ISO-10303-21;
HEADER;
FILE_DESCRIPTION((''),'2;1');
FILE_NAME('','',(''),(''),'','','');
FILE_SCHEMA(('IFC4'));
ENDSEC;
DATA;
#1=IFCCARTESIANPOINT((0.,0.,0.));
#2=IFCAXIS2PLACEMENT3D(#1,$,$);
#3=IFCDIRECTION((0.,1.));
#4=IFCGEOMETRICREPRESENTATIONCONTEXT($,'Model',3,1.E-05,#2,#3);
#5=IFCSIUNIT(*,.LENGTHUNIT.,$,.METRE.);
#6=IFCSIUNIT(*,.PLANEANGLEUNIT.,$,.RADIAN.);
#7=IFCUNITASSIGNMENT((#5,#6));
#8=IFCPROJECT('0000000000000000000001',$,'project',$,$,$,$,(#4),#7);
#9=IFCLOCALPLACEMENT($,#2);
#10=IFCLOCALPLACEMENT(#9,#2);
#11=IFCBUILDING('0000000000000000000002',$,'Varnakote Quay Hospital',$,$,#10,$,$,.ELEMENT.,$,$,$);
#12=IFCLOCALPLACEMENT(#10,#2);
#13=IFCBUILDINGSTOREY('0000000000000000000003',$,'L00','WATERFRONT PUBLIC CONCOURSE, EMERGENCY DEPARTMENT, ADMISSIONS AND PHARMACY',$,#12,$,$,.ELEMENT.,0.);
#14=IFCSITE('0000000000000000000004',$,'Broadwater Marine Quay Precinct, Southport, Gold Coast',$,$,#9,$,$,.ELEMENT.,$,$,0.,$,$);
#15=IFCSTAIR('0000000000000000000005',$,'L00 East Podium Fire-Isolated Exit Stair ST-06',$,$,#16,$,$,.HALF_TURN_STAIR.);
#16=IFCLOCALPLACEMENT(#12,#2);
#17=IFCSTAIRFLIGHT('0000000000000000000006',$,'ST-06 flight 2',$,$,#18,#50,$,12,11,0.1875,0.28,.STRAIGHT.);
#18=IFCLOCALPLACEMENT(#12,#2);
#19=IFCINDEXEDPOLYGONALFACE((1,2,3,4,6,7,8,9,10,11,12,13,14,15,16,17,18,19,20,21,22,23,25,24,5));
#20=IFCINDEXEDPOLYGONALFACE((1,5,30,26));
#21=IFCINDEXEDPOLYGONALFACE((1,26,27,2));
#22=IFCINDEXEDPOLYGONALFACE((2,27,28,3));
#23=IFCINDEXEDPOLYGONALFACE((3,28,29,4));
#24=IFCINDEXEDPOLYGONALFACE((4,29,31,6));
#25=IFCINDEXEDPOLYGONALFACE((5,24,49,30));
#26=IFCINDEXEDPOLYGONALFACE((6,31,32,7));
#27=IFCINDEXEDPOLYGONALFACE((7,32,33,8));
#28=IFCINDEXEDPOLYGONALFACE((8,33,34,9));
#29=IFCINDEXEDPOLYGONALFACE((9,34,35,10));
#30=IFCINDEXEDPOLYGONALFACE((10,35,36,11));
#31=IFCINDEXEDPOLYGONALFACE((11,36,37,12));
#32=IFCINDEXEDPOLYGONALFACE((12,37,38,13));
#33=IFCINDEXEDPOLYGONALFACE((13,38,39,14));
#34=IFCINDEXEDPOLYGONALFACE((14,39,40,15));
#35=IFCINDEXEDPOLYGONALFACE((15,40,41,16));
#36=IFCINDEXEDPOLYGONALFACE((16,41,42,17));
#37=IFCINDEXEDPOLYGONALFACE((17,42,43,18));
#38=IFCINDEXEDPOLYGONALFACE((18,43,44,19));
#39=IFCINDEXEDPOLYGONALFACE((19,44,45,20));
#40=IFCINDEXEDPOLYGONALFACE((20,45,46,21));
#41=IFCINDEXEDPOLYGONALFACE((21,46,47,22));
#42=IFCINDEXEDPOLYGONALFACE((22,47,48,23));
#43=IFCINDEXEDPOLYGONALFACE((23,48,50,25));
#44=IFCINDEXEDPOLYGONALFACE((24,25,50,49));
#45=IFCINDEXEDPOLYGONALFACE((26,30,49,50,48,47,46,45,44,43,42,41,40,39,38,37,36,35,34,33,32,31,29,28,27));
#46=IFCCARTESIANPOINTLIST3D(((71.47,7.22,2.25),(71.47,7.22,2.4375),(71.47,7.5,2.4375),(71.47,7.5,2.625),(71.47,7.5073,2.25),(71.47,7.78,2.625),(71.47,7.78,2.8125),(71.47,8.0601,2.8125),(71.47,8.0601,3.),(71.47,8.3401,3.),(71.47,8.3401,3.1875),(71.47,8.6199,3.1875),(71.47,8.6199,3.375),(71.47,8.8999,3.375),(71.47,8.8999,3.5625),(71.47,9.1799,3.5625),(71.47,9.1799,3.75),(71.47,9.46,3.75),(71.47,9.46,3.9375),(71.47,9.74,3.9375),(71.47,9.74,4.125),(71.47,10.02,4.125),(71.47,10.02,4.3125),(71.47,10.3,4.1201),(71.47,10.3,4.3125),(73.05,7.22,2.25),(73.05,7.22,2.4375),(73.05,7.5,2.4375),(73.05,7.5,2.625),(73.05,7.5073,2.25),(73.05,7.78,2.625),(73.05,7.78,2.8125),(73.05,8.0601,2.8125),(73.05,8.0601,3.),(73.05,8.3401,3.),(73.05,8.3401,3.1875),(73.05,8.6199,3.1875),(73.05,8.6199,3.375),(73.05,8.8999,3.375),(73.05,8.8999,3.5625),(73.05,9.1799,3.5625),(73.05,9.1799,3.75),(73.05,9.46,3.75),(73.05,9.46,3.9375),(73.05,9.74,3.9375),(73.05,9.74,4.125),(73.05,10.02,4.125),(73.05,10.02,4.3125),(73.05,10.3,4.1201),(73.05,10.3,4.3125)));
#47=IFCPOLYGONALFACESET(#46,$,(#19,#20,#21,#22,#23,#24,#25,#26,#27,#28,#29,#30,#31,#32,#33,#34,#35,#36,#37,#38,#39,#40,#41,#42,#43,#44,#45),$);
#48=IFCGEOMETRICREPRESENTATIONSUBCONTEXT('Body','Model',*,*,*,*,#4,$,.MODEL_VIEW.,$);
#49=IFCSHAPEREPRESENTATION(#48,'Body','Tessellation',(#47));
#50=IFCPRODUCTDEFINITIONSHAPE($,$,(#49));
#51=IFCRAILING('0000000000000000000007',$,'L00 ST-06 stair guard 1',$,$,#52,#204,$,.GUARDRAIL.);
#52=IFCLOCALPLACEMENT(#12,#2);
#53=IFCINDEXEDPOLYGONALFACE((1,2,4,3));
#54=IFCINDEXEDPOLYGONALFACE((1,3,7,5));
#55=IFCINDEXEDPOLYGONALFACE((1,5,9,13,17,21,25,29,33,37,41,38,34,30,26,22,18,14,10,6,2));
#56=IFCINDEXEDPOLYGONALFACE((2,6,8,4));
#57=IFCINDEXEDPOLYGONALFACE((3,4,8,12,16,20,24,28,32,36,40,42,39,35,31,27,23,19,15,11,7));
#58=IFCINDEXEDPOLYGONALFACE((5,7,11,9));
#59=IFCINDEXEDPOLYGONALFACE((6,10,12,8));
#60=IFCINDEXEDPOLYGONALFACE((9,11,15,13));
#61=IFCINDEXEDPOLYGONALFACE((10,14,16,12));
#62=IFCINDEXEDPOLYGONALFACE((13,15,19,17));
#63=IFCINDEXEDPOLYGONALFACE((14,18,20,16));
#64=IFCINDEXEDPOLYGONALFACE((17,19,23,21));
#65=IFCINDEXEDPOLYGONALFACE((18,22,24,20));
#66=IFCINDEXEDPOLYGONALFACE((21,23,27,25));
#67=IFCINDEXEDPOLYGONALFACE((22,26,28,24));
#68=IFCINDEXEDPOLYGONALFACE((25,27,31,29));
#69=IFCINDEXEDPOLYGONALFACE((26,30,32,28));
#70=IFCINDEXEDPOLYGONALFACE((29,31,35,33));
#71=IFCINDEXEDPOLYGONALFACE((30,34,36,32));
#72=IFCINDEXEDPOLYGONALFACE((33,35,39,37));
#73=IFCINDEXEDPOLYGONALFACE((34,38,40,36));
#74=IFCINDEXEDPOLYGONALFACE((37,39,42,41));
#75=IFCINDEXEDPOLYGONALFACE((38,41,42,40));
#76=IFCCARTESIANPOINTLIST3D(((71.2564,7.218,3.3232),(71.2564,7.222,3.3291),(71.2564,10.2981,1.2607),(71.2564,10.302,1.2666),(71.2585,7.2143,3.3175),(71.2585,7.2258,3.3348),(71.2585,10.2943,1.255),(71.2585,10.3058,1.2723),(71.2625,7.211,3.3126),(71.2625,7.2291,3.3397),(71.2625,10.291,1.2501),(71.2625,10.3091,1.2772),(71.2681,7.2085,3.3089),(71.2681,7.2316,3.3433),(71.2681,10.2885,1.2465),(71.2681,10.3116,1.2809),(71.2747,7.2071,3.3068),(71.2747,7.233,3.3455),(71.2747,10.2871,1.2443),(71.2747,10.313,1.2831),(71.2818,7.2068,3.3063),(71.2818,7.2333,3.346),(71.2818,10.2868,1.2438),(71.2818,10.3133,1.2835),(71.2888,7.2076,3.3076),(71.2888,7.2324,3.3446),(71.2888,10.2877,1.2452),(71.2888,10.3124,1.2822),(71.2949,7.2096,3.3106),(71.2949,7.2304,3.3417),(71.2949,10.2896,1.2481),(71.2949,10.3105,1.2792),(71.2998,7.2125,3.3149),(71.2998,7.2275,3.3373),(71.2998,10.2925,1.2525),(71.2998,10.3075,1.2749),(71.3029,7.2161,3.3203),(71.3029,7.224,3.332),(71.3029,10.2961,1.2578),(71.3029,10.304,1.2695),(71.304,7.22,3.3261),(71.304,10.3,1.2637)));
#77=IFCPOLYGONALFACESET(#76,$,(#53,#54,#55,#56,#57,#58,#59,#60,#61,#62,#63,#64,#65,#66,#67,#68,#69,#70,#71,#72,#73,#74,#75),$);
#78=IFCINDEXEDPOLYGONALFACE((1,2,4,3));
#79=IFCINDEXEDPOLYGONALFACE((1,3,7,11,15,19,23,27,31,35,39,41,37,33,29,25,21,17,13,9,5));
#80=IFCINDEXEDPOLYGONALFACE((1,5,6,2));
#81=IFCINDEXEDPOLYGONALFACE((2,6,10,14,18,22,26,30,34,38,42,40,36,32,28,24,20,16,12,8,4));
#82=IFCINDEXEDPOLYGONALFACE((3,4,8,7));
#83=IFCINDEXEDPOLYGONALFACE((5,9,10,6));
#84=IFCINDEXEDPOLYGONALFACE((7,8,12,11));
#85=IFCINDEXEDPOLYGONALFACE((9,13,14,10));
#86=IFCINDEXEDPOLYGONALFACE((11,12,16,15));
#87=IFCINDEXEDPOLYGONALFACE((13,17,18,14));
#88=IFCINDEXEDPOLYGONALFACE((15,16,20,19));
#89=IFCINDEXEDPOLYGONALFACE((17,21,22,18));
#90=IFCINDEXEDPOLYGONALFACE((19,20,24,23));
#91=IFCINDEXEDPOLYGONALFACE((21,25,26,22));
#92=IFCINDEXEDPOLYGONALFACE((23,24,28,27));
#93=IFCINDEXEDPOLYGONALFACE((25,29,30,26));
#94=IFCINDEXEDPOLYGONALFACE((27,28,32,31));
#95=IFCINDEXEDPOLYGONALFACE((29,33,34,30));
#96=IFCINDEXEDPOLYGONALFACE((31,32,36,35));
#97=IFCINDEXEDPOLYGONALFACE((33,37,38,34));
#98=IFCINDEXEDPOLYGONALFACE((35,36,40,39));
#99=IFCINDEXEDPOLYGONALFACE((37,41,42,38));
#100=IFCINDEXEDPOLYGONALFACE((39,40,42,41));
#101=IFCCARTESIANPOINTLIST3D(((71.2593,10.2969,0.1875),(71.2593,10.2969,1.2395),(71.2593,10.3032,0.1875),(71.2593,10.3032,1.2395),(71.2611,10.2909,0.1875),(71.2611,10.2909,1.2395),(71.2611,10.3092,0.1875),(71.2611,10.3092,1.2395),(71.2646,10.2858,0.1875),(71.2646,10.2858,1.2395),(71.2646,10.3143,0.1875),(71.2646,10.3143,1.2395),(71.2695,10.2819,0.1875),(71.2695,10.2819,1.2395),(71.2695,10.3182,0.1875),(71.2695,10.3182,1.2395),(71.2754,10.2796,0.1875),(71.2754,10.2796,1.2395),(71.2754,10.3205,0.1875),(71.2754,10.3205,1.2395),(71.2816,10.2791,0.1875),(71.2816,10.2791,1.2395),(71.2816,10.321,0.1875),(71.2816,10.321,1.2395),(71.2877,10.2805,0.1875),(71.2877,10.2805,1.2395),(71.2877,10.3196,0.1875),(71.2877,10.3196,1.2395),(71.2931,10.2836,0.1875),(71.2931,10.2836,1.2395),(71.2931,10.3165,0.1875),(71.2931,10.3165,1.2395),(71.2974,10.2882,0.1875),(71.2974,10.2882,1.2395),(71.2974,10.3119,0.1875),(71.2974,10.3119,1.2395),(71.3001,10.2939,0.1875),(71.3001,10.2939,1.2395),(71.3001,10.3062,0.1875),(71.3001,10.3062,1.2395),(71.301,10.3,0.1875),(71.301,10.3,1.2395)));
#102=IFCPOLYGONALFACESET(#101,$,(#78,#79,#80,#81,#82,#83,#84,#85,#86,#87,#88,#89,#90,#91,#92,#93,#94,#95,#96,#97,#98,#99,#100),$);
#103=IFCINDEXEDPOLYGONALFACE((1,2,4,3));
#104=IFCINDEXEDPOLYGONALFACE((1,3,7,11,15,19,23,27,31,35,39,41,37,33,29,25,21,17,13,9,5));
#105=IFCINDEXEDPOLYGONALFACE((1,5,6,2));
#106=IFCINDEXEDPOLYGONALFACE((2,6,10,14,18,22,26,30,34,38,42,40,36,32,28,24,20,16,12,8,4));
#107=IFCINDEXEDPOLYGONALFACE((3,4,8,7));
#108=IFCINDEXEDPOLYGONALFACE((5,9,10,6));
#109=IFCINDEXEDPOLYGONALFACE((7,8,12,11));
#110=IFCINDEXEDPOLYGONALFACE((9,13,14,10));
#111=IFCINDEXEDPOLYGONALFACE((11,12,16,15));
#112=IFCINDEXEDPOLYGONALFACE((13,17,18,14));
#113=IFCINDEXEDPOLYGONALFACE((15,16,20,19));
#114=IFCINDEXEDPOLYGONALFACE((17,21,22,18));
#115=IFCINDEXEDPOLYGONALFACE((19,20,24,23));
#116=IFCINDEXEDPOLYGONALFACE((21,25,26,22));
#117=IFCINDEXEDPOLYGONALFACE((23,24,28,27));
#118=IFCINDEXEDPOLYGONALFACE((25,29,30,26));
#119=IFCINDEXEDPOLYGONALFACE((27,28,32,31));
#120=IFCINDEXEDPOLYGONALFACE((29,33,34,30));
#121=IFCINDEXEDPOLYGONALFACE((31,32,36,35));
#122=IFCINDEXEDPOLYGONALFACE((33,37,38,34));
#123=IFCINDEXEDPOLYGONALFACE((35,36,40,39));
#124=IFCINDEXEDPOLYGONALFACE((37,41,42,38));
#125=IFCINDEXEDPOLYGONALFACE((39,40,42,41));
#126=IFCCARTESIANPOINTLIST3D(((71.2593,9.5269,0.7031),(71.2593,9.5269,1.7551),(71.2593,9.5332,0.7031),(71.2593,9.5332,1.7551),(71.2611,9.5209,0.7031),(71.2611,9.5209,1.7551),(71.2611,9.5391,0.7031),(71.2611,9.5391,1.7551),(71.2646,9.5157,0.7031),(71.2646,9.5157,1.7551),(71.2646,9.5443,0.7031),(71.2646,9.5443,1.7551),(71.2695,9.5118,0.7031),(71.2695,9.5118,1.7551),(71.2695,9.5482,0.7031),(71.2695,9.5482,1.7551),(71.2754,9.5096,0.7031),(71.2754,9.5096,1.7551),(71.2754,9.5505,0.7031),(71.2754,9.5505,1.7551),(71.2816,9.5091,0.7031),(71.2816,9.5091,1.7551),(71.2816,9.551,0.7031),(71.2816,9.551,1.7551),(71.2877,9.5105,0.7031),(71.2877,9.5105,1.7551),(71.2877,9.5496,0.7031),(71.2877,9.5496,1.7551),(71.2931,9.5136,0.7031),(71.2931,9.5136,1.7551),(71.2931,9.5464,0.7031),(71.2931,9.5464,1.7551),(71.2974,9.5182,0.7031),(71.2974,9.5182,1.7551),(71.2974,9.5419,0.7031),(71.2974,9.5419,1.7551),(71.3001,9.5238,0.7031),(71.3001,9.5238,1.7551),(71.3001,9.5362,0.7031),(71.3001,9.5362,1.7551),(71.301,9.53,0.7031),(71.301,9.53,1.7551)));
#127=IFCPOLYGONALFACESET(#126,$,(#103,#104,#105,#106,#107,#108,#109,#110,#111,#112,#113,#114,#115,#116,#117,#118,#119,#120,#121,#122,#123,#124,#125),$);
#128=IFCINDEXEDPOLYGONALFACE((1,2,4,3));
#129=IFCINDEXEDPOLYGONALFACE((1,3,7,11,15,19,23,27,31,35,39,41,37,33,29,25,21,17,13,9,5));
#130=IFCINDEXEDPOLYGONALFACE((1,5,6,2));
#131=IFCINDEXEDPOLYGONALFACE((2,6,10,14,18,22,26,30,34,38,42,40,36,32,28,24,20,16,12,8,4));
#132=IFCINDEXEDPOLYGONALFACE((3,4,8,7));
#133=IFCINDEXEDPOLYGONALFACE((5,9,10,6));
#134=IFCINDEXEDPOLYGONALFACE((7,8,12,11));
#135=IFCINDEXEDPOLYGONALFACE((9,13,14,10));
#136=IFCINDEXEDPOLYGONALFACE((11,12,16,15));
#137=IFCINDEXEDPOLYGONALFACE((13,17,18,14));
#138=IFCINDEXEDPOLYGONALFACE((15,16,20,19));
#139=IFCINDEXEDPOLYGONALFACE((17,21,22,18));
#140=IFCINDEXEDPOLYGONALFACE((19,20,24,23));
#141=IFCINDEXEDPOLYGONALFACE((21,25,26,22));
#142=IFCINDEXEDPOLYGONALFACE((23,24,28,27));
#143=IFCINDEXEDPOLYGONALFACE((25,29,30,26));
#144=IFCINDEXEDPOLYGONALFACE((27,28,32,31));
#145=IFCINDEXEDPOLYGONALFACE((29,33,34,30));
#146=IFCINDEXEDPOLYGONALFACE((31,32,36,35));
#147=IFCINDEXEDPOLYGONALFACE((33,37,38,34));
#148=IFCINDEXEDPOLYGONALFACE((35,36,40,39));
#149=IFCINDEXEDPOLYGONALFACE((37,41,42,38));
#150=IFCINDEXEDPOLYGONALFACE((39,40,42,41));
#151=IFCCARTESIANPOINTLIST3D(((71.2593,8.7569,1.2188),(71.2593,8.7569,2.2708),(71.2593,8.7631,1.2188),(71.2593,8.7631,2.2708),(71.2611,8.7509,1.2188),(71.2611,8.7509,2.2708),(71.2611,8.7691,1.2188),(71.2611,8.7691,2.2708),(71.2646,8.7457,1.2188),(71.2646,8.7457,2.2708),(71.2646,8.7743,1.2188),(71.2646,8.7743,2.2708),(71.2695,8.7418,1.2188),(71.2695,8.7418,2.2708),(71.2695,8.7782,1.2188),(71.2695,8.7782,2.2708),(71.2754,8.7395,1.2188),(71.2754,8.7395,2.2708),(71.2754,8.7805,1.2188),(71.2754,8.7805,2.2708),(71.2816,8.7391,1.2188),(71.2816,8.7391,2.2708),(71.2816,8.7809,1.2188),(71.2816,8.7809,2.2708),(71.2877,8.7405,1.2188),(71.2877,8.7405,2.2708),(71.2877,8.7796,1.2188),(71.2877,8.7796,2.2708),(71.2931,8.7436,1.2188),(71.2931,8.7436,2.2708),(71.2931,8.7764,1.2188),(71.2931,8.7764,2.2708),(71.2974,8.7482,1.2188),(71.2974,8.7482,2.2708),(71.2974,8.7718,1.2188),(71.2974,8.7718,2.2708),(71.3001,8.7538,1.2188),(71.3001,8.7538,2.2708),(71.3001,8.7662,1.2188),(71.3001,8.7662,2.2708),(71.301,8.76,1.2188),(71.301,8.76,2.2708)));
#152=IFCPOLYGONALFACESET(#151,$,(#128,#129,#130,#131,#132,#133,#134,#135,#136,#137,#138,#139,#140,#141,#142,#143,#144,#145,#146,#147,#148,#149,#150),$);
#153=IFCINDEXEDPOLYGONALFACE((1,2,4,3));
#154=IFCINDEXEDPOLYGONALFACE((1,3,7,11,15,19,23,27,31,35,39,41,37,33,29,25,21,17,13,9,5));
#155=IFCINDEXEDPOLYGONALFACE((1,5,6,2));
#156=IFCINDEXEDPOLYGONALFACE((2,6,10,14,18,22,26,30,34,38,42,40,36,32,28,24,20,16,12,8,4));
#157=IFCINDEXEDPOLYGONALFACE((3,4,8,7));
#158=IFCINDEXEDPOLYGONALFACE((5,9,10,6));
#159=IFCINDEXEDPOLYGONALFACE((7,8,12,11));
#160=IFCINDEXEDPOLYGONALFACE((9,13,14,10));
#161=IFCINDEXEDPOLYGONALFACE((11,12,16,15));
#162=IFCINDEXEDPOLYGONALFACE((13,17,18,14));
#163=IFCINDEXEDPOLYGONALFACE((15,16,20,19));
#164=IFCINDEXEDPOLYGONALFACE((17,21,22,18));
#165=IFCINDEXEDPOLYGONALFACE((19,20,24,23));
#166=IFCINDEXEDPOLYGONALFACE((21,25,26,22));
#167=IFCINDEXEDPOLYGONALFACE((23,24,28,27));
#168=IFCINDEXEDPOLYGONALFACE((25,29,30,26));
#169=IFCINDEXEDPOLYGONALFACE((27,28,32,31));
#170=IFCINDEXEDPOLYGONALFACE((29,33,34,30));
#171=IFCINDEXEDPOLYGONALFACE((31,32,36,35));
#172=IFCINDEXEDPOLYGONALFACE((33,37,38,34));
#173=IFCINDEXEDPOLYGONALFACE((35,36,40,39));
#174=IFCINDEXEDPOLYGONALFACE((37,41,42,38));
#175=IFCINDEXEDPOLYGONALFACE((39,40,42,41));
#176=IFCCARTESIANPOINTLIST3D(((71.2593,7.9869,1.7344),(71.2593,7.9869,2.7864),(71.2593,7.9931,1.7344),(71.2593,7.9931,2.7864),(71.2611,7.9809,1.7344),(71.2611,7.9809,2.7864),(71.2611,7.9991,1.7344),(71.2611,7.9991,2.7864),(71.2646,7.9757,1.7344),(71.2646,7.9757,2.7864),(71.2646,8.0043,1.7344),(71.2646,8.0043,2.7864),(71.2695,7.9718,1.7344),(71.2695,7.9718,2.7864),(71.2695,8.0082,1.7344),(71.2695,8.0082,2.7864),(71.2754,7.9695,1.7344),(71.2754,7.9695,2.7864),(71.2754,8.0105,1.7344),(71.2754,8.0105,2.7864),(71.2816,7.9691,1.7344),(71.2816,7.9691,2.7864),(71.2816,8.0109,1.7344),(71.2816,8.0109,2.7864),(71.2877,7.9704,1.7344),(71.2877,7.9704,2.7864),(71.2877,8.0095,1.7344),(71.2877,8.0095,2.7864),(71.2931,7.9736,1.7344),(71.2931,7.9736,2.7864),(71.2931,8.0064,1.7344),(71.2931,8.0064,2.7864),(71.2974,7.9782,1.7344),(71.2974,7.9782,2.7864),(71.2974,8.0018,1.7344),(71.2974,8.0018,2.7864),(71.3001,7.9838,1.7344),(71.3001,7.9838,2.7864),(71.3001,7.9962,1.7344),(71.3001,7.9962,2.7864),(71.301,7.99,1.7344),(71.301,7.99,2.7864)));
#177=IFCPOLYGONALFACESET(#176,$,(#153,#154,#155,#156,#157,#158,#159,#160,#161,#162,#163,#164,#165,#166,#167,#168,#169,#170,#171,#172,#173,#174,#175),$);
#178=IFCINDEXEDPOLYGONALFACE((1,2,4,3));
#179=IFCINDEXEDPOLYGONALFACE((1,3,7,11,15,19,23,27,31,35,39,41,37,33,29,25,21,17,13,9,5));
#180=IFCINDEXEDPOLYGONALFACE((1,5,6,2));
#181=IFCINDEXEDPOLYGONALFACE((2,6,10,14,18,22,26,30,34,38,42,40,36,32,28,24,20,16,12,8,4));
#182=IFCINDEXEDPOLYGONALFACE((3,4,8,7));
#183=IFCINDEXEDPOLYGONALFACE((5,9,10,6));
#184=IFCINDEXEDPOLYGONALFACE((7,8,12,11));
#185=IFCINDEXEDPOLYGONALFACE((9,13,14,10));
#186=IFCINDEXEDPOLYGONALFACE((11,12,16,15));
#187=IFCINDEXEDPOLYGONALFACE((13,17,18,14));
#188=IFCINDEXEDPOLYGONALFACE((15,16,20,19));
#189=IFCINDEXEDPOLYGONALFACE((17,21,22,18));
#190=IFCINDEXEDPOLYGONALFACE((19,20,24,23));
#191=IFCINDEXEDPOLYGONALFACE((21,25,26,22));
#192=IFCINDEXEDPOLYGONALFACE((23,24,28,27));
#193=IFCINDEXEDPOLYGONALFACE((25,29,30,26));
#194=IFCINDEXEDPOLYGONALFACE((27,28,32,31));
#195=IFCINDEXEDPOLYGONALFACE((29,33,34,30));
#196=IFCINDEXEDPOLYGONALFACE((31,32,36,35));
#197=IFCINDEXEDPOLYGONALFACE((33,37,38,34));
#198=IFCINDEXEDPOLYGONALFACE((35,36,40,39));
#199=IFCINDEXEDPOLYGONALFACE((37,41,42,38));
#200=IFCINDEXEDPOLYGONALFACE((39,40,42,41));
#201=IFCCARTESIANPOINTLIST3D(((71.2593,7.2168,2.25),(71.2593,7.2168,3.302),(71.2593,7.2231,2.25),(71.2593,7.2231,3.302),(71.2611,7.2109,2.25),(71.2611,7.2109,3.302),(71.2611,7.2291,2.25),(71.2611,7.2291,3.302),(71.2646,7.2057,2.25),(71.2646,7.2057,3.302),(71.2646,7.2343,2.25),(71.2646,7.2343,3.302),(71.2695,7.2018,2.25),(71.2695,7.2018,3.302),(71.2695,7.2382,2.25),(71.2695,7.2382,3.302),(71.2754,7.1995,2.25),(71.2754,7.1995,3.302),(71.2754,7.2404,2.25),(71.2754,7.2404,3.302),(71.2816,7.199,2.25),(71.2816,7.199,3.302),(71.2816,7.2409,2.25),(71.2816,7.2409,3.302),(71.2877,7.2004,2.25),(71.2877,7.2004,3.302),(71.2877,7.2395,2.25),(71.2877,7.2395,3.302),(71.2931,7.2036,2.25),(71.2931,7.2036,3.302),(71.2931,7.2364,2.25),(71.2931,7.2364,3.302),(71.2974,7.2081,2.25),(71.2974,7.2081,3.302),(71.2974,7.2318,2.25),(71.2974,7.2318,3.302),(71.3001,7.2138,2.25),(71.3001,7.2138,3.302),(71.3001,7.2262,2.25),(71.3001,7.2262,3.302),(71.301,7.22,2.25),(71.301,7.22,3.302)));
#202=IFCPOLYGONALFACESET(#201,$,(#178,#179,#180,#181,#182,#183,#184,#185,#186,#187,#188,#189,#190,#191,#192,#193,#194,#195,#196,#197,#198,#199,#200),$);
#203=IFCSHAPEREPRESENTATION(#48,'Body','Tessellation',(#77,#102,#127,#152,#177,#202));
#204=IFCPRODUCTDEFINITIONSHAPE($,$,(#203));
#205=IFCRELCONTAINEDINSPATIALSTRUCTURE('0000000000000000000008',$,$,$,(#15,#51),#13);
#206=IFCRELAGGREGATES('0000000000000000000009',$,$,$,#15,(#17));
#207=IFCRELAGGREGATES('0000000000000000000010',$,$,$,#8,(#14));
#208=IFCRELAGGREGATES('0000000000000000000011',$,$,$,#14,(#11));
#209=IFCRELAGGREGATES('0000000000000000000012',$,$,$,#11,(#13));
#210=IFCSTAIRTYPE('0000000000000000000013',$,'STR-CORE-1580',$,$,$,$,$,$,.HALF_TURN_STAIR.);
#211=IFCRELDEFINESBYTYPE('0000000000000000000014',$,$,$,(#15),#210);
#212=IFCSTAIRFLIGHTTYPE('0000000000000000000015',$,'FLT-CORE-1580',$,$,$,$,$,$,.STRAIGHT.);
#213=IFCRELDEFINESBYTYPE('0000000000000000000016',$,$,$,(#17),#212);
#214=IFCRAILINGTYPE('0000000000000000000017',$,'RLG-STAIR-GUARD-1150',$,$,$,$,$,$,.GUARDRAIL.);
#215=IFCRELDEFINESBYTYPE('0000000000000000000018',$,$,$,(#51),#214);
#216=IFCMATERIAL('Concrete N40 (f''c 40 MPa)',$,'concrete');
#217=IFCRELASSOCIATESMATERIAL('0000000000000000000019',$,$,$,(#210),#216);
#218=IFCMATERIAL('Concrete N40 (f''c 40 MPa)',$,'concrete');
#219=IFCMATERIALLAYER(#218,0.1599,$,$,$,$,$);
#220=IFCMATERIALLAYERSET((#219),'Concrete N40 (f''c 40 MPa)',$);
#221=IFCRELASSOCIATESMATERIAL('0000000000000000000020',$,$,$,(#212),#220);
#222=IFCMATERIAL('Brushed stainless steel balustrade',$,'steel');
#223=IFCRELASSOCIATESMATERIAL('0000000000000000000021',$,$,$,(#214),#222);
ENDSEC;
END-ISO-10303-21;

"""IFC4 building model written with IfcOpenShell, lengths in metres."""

from ifc_helpers import new_model, si_unit, direction, frame, origin, origin_2d, place, context, subcontext, project, spatial, polyline, circle, outline, extrude, material, layer, layer_set, type_object, element, aggregate, save


model = new_model("IFC4")

# Units and contexts
model_context = context("Model", 3, precision=1e-05, world=origin(), true_north=direction((0.0, 1.0)))
body_context = subcontext(model_context, "Body", "Model", "MODEL_VIEW")
ifc_project = project(units=[si_unit("LENGTHUNIT", "METRE"), si_unit("PLANEANGLEUNIT", "RADIAN")], contexts=[model_context])

# Site, building, storey
site_placement = place(None, origin())
site = spatial("IfcSite", under=ifc_project, at=site_placement, Name="Broadwater Marine Quay Precinct, Southport, Gold Coast", CompositionType="ELEMENT", RefElevation=0.0)
building_placement = place(site_placement, origin())
building = spatial("IfcBuilding", under=site, at=building_placement, Name="Varnakote Quay Hospital", CompositionType="ELEMENT")
storey_placement = place(building_placement, origin())
storey = spatial("IfcBuildingStorey", under=building, at=storey_placement, Name="L00", Description="WATERFRONT PUBLIC CONCOURSE, EMERGENCY DEPARTMENT, ADMISSIONS AND PHARMACY", CompositionType="ELEMENT", Elevation=0.0)

# Stair, stair flight
ifc_material_1 = material(Name="Concrete N40 (f'c 40 MPa)", Category="concrete")
stair_type = type_object("IfcStairType", Name="STR-CORE-1580", PredefinedType="HALF_TURN_STAIR", material=ifc_material_1)
stair_placement = place(storey_placement, origin())
stair = element("IfcStair", 1, at=stair_placement, inside=storey, type_object=stair_type, Name="L00 East Podium Fire-Isolated Exit Stair ST-06", PredefinedType="HALF_TURN_STAIR")
ifc_material_2 = material(Name="Concrete N40 (f'c 40 MPa)", Category="concrete")
ifc_layer_1 = layer(ifc_material_2, 0.1599)
ifc_layer_set_1 = layer_set([ifc_layer_1], Name="Concrete N40 (f'c 40 MPa)")
stair_flight_type = type_object("IfcStairFlightType", Name="FLT-CORE-1580", PredefinedType="STRAIGHT", material=ifc_layer_set_1)
stair_flight_1_placement = place(storey_placement, frame((72.26, 7.22, 2.25), z_axis=(0.0, 0.0, 1.0), x_axis=(0.0, 1.0, 0.0)))
stair_flight_1 = element("IfcStairFlight", 2, at=stair_flight_1_placement, type_object=stair_flight_type, Name="ST-06 flight 2", NumberOfRisers=12, NumberOfTreads=11, PredefinedType="STRAIGHT", RiserHeight=0.1875, TreadLength=0.28, context=body_context, shape_type="SweptSolid", body=[
    extrude(outline(polyline([(0.0, 0.0), (0.0, 0.1875), (0.28, 0.1875), (0.28, 0.375), (0.5601, 0.375), (0.5601, 0.5625), (0.8401, 0.5625), (0.8401, 0.75), (1.1201, 0.75), (1.1201, 0.9375), (1.3999, 0.9375), (1.3999, 1.125), (1.6799, 1.125), (1.6799, 1.3125), (1.96, 1.3125), (1.96, 1.5), (2.24, 1.5), (2.24, 1.6875), (2.52, 1.6875), (2.52, 1.875), (2.8, 1.875), (2.8, 2.0625), (3.0801, 2.0625), (3.0801, 2.25), (3.0801, 1.8701), (0.2874, 0.0), (0.0, 0.0)])), frame((0.0, 0.79, 0.0), z_axis=(0.0, -1.0, 0.0), x_axis=(1.0, 0.0, 0.0)), (0.0, 0.0, 1.0), 1.5801),
])
aggregate(stair, [stair_flight_1])

# Railing
ifc_material_3 = material(Name="Brushed stainless steel balustrade", Category="steel")
railing_type_1 = type_object("IfcRailingType", Name="RLG-STAIR-GUARD-1150", PredefinedType="GUARDRAIL", material=ifc_material_3)
railing_1_placement = place(storey_placement, frame((71.28, 10.3, 0.1875)))
element("IfcRailing", 3, at=railing_1_placement, inside=storey, type_object=railing_type_1, Name="L00 ST-06 stair guard 1", PredefinedType="GUARDRAIL", context=body_context, shape_type="SweptSolid", body=[
    extrude(circle(Radius=0.0239, at=origin_2d()), frame((0.0, 0.0, 1.0762), z_axis=(0.0, -0.830914, 0.556401), x_axis=(1.0, 0.0, 0.0)), (0.0, 0.0, 1.0), 3.7068),
    extrude(circle(Radius=0.021, at=origin_2d()), origin(), (0.0, 0.0, 1.0), 1.052),
    extrude(circle(Radius=0.021, at=origin_2d()), frame((0.0, -0.77, 0.5156)), (0.0, 0.0, 1.0), 1.052),
    extrude(circle(Radius=0.021, at=origin_2d()), frame((0.0, -1.54, 1.0312)), (0.0, 0.0, 1.0), 1.052),
    extrude(circle(Radius=0.021, at=origin_2d()), frame((0.0, -2.3101, 1.5469)), (0.0, 0.0, 1.0), 1.052),
    extrude(circle(Radius=0.021, at=origin_2d()), frame((0.0, -3.0801, 2.0625)), (0.0, 0.0, 1.0), 1.052),
])

save(model, "model.ifc")
